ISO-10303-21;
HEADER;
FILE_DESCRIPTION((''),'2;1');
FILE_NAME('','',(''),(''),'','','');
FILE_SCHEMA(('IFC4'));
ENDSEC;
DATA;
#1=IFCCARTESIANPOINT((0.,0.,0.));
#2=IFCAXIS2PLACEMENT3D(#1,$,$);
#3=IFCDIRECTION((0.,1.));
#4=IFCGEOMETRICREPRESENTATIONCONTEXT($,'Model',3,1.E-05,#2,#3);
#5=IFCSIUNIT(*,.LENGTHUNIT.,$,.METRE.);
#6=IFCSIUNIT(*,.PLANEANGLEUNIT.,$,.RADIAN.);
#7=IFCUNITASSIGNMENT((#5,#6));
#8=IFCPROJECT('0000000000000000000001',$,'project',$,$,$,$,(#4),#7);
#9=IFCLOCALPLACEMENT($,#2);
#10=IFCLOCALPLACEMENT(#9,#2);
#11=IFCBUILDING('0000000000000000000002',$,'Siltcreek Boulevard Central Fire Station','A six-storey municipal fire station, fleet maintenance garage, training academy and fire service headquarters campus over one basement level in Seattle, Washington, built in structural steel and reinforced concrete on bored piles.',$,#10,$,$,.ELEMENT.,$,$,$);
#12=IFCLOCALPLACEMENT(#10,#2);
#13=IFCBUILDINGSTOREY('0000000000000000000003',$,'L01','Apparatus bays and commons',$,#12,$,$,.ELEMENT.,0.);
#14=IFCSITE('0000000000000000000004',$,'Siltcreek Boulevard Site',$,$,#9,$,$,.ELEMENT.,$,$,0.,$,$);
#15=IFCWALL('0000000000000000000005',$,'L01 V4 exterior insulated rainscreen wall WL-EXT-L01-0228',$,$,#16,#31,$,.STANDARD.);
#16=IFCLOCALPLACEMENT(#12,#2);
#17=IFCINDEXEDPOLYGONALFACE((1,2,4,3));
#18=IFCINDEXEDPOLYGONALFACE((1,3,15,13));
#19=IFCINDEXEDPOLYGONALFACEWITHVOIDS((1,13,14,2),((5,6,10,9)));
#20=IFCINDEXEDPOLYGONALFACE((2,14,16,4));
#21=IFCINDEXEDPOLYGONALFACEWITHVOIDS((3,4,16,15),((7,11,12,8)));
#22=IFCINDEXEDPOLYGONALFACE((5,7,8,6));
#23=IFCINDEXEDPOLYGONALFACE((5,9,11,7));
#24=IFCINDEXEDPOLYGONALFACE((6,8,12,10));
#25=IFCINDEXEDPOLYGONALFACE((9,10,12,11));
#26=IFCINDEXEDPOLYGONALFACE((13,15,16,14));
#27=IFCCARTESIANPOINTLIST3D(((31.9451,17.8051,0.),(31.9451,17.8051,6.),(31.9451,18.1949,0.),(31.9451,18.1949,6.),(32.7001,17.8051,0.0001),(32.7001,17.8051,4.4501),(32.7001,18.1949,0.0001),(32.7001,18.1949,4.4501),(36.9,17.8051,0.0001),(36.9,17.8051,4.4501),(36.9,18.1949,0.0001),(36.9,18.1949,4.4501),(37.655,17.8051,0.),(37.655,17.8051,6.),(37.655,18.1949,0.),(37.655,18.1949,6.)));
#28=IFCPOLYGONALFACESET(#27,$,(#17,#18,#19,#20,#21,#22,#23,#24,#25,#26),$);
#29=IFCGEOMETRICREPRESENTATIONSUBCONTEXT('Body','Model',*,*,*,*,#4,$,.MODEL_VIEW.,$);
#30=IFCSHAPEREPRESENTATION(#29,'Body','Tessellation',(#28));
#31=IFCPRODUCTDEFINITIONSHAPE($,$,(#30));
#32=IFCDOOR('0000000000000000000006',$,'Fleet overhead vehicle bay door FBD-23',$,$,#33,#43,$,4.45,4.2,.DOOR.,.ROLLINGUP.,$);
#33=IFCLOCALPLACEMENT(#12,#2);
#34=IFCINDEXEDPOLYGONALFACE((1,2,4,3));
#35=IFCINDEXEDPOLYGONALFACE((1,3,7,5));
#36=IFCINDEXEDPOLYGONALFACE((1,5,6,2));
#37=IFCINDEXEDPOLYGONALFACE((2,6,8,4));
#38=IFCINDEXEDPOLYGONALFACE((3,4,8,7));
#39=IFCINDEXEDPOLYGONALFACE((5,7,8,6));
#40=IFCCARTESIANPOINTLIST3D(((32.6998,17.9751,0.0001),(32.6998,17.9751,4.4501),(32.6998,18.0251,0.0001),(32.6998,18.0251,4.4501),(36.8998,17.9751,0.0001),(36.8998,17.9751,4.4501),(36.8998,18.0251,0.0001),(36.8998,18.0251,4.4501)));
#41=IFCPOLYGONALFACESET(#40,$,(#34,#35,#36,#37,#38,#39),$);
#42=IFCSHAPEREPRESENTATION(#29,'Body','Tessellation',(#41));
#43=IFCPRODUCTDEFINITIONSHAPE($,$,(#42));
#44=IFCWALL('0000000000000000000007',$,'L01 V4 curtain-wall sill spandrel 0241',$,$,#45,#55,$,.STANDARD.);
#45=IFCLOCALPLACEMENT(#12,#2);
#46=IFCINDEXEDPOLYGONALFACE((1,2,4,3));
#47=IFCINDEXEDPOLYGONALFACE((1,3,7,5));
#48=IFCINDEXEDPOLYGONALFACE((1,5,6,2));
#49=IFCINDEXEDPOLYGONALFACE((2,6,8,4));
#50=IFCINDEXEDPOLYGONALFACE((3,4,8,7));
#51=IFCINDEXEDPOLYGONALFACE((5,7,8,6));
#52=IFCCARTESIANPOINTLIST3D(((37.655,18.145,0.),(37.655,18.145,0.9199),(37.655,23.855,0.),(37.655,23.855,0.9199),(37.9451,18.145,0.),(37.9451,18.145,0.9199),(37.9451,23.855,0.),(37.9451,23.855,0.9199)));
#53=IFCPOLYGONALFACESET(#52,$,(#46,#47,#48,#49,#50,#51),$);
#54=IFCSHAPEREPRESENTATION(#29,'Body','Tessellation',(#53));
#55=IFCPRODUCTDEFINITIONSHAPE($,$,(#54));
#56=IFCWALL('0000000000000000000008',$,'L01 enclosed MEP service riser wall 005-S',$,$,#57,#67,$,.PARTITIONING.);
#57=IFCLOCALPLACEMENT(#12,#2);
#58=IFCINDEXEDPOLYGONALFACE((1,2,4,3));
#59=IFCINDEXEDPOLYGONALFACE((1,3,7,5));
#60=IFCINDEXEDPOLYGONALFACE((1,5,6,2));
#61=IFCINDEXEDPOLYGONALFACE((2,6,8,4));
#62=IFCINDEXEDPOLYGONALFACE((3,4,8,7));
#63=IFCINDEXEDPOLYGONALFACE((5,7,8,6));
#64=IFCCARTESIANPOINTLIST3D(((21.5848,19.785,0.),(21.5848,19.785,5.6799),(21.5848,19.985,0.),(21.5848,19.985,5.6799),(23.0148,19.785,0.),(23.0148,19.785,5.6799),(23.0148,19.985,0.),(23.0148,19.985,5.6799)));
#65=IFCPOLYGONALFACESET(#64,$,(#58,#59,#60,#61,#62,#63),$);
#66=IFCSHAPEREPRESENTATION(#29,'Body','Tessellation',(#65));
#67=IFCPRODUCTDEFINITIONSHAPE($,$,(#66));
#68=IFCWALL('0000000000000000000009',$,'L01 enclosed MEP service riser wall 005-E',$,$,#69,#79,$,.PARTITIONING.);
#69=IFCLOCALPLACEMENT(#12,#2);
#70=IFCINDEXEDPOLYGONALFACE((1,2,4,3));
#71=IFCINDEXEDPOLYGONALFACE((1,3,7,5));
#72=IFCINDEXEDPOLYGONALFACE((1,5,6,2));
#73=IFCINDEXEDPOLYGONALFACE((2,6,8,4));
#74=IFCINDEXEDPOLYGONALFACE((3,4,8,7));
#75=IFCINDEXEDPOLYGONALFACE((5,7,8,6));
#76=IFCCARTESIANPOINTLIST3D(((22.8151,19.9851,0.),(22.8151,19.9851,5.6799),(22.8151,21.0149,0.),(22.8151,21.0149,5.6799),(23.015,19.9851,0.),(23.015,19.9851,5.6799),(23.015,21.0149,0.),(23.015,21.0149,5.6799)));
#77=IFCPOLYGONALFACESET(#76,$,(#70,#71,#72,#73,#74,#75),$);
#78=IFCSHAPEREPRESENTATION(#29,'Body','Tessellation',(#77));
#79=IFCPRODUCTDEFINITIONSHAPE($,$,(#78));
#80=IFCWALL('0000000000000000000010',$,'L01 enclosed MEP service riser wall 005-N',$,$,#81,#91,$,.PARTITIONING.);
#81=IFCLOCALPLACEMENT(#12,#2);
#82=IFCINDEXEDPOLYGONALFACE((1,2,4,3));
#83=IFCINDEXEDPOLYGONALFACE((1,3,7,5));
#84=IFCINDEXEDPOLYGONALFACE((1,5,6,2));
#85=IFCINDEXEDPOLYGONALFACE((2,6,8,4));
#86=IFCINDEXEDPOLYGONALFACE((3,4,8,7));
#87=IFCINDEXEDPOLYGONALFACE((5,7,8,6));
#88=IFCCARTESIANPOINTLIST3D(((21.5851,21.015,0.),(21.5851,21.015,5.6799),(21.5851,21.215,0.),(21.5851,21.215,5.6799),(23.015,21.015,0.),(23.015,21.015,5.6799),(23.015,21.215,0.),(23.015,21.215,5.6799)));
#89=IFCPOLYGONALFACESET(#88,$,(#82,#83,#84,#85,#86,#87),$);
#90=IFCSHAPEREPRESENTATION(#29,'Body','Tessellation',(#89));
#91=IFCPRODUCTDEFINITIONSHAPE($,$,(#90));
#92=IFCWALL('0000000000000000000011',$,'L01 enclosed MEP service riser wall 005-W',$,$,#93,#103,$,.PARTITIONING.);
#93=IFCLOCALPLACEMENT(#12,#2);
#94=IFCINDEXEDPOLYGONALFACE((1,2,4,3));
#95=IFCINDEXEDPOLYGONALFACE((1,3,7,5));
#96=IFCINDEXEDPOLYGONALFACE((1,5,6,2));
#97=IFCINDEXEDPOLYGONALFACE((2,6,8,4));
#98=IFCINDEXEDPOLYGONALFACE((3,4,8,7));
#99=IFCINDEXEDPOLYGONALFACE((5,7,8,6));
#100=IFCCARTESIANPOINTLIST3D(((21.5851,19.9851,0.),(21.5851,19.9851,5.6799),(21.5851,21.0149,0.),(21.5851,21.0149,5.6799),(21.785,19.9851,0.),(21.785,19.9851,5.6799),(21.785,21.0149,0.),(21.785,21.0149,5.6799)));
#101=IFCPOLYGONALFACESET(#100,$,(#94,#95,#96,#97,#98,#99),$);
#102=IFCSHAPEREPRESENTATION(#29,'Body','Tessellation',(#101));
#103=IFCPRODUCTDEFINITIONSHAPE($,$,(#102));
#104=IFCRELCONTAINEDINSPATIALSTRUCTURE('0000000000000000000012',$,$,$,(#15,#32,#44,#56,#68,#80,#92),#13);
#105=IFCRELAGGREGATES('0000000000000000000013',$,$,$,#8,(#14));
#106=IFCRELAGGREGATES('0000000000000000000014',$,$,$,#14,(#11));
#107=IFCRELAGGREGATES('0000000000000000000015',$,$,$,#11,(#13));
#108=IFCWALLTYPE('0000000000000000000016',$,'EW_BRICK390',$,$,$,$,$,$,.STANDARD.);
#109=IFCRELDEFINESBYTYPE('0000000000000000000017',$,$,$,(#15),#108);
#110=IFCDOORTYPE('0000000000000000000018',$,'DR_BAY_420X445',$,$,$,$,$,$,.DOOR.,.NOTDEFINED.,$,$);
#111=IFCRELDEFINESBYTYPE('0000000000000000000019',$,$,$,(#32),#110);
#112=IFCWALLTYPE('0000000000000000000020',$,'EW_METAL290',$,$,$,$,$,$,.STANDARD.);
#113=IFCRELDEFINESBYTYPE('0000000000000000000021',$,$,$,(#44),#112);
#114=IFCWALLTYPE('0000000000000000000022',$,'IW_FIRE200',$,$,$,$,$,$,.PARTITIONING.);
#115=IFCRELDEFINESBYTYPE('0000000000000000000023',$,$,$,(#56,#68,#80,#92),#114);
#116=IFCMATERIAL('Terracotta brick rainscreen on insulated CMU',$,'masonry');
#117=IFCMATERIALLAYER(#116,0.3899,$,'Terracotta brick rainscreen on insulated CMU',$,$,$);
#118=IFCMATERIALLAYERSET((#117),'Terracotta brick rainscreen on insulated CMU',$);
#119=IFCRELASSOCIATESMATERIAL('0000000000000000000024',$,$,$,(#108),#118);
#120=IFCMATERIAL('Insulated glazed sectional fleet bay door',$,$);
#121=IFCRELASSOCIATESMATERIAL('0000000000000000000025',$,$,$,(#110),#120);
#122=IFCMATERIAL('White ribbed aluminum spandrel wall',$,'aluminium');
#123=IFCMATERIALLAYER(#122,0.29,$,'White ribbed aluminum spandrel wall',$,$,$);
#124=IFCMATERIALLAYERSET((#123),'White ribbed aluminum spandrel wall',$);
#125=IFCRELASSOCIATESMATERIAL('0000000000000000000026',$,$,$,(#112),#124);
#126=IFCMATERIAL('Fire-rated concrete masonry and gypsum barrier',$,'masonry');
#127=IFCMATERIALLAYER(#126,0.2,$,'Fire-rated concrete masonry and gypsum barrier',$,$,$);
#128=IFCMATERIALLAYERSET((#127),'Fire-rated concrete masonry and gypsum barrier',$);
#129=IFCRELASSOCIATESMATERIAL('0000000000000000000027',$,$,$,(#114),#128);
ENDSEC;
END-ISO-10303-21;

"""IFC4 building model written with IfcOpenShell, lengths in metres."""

from ifc_helpers import new_model, si_unit, direction, frame, frame_2d, origin, place, context, subcontext, project, spatial, rectangle, extrude, material, layer, layer_set, type_object, element, fill, save


model = new_model("IFC4")

# Units and contexts
model_context = context("Model", 3, precision=1e-05, world=origin(), true_north=direction((0.0, 1.0)))
body_context = subcontext(model_context, "Body", "Model", "MODEL_VIEW")
ifc_project = project(units=[si_unit("LENGTHUNIT", "METRE"), si_unit("PLANEANGLEUNIT", "RADIAN")], contexts=[model_context])

# Site, building, storey
site_placement = place(None, origin())
site = spatial("IfcSite", under=ifc_project, at=site_placement, Name="Siltcreek Boulevard Site", CompositionType="ELEMENT", RefElevation=0.0)
building_placement = place(site_placement, origin())
building = spatial("IfcBuilding", under=site, at=building_placement, Name="Siltcreek Boulevard Central Fire Station", Description="A six-storey municipal fire station, fleet maintenance garage, training academy and fire service headquarters campus over one basement level in Seattle, Washington, built in structural steel and reinforced concrete on bored piles.", CompositionType="ELEMENT")
storey_placement = place(building_placement, origin())
storey = spatial("IfcBuildingStorey", under=building, at=storey_placement, Name="L01", Description="Apparatus bays and commons", CompositionType="ELEMENT", Elevation=0.0)

# Wall, opening, door
ifc_material_1 = material(Name="Terracotta brick rainscreen on insulated CMU", Category="masonry")
ifc_layer_1 = layer(ifc_material_1, 0.3899, Name="Terracotta brick rainscreen on insulated CMU")
ifc_layer_set_1 = layer_set([ifc_layer_1], Name="Terracotta brick rainscreen on insulated CMU")
wall_type_1 = type_object("IfcWallType", Name="EW_BRICK390", PredefinedType="STANDARD", material=ifc_layer_set_1)
ifc_material_2 = material(Name="Insulated glazed sectional fleet bay door")
door_type = type_object("IfcDoorType", Name="DR_BAY_420X445", OperationType="NOTDEFINED", PredefinedType="DOOR", material=ifc_material_2)
wall_1_placement = place(storey_placement, frame((31.9451, 18.0, 0.0), z_axis=(0.0, 0.0, 1.0), x_axis=(1.0, 0.0, 0.0)))
wall_1 = element("IfcWall", 1, at=wall_1_placement, inside=storey, type_object=wall_type_1, Name="L01 V4 exterior insulated rainscreen wall WL-EXT-L01-0228", PredefinedType="STANDARD", context=body_context, shape_type="SweptSolid", body=[
    extrude(rectangle(XDim=5.71, YDim=0.3899, at=frame_2d((2.855, 0.0))), origin(), (0.0, 0.0, 1.0), 6.0),
])
opening_1_placement = place(wall_1_placement, frame((0.7549, 0.0, 0.0)))
opening_1 = element("IfcOpeningElement", 2, at=opening_1_placement, cuts=wall_1, PredefinedType="OPENING", context=body_context, shape_type="SweptSolid", body=[
    extrude(rectangle(XDim=4.2, YDim=4.45, at=frame_2d((2.1001, 2.2251))), frame((0.0, 0.2048, 0.0), z_axis=(0.0, -1.0, 0.0), x_axis=(1.0, 0.0, 0.0)), (0.0, 0.0, 1.0), 0.4099),
])
door_1_placement = place(opening_1_placement, frame((4.2, 0.0, 0.0), z_axis=(0.0, 0.0, 1.0), x_axis=(-1.0, 0.0, 0.0)))
door_1 = element("IfcDoor", 3, at=door_1_placement, inside=storey, type_object=door_type, Name="Fleet overhead vehicle bay door FBD-23", OperationType="ROLLINGUP", OverallHeight=4.45, OverallWidth=4.2, PredefinedType="DOOR", context=body_context, shape_type="SweptSolid", body=[
    extrude(rectangle(XDim=4.2, YDim=4.45, at=frame_2d((2.1001, 2.2251))), frame((0.0, 0.0249, 0.0), z_axis=(0.0, -1.0, 0.0), x_axis=(1.0, 0.0, 0.0)), (0.0, 0.0, 1.0), 0.05),
])
fill(opening_1, door_1)

# Walls
ifc_material_3 = material(Name="White ribbed aluminum spandrel wall", Category="aluminium")
ifc_layer_2 = layer(ifc_material_3, 0.29, Name="White ribbed aluminum spandrel wall")
ifc_layer_set_2 = layer_set([ifc_layer_2], Name="White ribbed aluminum spandrel wall")
wall_type_2 = type_object("IfcWallType", Name="EW_METAL290", PredefinedType="STANDARD", material=ifc_layer_set_2)
wall_2_placement = place(storey_placement, frame((37.8, 18.145, 0.0), z_axis=(0.0, 0.0, 1.0), x_axis=(0.0, 1.0, 0.0)))
element("IfcWall", 4, at=wall_2_placement, inside=storey, type_object=wall_type_2, Name="L01 V4 curtain-wall sill spandrel 0241", PredefinedType="STANDARD", context=body_context, shape_type="SweptSolid", body=[
    extrude(rectangle(XDim=5.71, YDim=0.29, at=frame_2d((2.855, 0.0))), origin(), (0.0, 0.0, 1.0), 0.9199),
])
ifc_material_4 = material(Name="Fire-rated concrete masonry and gypsum barrier", Category="masonry")
ifc_layer_3 = layer(ifc_material_4, 0.2, Name="Fire-rated concrete masonry and gypsum barrier")
ifc_layer_set_3 = layer_set([ifc_layer_3], Name="Fire-rated concrete masonry and gypsum barrier")
wall_type_3 = type_object("IfcWallType", Name="IW_FIRE200", PredefinedType="PARTITIONING", material=ifc_layer_set_3)
wall_3_placement = place(storey_placement, frame((21.585, 19.885, 0.0), z_axis=(0.0, 0.0, 1.0), x_axis=(1.0, 0.0, 0.0)))
element("IfcWall", 5, at=wall_3_placement, inside=storey, type_object=wall_type_3, Name="L01 enclosed MEP service riser wall 005-S", PredefinedType="PARTITIONING", context=body_context, shape_type="SweptSolid", body=[
    extrude(rectangle(XDim=1.4299, YDim=0.2, at=frame_2d((0.7148, 0.0))), origin(), (0.0, 0.0, 1.0), 5.6799),
])
wall_4_placement = place(storey_placement, frame((22.915, 19.9851, 0.0), z_axis=(0.0, 0.0, 1.0), x_axis=(0.0, 1.0, 0.0)))
element("IfcWall", 6, at=wall_4_placement, inside=storey, type_object=wall_type_3, Name="L01 enclosed MEP service riser wall 005-E", PredefinedType="PARTITIONING", context=body_context, shape_type="SweptSolid", body=[
    extrude(rectangle(XDim=1.0298, YDim=0.2, at=frame_2d((0.5149, 0.0))), origin(), (0.0, 0.0, 1.0), 5.6799),
])
wall_5_placement = place(storey_placement, frame((23.0149, 21.115, 0.0), z_axis=(0.0, 0.0, 1.0), x_axis=(-1.0, 0.0, 0.0)))
element("IfcWall", 7, at=wall_5_placement, inside=storey, type_object=wall_type_3, Name="L01 enclosed MEP service riser wall 005-N", PredefinedType="PARTITIONING", context=body_context, shape_type="SweptSolid", body=[
    extrude(rectangle(XDim=1.4299, YDim=0.2, at=frame_2d((0.7148, 0.0))), origin(), (0.0, 0.0, 1.0), 5.6799),
])
wall_6_placement = place(storey_placement, frame((21.6851, 21.0149, 0.0), z_axis=(0.0, 0.0, 1.0), x_axis=(0.0, -1.0, 0.0)))
element("IfcWall", 8, at=wall_6_placement, inside=storey, type_object=wall_type_3, Name="L01 enclosed MEP service riser wall 005-W", PredefinedType="PARTITIONING", context=body_context, shape_type="SweptSolid", body=[
    extrude(rectangle(XDim=1.0298, YDim=0.2, at=frame_2d((0.5149, 0.0))), origin(), (0.0, 0.0, 1.0), 5.6799),
])

save(model, "model.ifc")
